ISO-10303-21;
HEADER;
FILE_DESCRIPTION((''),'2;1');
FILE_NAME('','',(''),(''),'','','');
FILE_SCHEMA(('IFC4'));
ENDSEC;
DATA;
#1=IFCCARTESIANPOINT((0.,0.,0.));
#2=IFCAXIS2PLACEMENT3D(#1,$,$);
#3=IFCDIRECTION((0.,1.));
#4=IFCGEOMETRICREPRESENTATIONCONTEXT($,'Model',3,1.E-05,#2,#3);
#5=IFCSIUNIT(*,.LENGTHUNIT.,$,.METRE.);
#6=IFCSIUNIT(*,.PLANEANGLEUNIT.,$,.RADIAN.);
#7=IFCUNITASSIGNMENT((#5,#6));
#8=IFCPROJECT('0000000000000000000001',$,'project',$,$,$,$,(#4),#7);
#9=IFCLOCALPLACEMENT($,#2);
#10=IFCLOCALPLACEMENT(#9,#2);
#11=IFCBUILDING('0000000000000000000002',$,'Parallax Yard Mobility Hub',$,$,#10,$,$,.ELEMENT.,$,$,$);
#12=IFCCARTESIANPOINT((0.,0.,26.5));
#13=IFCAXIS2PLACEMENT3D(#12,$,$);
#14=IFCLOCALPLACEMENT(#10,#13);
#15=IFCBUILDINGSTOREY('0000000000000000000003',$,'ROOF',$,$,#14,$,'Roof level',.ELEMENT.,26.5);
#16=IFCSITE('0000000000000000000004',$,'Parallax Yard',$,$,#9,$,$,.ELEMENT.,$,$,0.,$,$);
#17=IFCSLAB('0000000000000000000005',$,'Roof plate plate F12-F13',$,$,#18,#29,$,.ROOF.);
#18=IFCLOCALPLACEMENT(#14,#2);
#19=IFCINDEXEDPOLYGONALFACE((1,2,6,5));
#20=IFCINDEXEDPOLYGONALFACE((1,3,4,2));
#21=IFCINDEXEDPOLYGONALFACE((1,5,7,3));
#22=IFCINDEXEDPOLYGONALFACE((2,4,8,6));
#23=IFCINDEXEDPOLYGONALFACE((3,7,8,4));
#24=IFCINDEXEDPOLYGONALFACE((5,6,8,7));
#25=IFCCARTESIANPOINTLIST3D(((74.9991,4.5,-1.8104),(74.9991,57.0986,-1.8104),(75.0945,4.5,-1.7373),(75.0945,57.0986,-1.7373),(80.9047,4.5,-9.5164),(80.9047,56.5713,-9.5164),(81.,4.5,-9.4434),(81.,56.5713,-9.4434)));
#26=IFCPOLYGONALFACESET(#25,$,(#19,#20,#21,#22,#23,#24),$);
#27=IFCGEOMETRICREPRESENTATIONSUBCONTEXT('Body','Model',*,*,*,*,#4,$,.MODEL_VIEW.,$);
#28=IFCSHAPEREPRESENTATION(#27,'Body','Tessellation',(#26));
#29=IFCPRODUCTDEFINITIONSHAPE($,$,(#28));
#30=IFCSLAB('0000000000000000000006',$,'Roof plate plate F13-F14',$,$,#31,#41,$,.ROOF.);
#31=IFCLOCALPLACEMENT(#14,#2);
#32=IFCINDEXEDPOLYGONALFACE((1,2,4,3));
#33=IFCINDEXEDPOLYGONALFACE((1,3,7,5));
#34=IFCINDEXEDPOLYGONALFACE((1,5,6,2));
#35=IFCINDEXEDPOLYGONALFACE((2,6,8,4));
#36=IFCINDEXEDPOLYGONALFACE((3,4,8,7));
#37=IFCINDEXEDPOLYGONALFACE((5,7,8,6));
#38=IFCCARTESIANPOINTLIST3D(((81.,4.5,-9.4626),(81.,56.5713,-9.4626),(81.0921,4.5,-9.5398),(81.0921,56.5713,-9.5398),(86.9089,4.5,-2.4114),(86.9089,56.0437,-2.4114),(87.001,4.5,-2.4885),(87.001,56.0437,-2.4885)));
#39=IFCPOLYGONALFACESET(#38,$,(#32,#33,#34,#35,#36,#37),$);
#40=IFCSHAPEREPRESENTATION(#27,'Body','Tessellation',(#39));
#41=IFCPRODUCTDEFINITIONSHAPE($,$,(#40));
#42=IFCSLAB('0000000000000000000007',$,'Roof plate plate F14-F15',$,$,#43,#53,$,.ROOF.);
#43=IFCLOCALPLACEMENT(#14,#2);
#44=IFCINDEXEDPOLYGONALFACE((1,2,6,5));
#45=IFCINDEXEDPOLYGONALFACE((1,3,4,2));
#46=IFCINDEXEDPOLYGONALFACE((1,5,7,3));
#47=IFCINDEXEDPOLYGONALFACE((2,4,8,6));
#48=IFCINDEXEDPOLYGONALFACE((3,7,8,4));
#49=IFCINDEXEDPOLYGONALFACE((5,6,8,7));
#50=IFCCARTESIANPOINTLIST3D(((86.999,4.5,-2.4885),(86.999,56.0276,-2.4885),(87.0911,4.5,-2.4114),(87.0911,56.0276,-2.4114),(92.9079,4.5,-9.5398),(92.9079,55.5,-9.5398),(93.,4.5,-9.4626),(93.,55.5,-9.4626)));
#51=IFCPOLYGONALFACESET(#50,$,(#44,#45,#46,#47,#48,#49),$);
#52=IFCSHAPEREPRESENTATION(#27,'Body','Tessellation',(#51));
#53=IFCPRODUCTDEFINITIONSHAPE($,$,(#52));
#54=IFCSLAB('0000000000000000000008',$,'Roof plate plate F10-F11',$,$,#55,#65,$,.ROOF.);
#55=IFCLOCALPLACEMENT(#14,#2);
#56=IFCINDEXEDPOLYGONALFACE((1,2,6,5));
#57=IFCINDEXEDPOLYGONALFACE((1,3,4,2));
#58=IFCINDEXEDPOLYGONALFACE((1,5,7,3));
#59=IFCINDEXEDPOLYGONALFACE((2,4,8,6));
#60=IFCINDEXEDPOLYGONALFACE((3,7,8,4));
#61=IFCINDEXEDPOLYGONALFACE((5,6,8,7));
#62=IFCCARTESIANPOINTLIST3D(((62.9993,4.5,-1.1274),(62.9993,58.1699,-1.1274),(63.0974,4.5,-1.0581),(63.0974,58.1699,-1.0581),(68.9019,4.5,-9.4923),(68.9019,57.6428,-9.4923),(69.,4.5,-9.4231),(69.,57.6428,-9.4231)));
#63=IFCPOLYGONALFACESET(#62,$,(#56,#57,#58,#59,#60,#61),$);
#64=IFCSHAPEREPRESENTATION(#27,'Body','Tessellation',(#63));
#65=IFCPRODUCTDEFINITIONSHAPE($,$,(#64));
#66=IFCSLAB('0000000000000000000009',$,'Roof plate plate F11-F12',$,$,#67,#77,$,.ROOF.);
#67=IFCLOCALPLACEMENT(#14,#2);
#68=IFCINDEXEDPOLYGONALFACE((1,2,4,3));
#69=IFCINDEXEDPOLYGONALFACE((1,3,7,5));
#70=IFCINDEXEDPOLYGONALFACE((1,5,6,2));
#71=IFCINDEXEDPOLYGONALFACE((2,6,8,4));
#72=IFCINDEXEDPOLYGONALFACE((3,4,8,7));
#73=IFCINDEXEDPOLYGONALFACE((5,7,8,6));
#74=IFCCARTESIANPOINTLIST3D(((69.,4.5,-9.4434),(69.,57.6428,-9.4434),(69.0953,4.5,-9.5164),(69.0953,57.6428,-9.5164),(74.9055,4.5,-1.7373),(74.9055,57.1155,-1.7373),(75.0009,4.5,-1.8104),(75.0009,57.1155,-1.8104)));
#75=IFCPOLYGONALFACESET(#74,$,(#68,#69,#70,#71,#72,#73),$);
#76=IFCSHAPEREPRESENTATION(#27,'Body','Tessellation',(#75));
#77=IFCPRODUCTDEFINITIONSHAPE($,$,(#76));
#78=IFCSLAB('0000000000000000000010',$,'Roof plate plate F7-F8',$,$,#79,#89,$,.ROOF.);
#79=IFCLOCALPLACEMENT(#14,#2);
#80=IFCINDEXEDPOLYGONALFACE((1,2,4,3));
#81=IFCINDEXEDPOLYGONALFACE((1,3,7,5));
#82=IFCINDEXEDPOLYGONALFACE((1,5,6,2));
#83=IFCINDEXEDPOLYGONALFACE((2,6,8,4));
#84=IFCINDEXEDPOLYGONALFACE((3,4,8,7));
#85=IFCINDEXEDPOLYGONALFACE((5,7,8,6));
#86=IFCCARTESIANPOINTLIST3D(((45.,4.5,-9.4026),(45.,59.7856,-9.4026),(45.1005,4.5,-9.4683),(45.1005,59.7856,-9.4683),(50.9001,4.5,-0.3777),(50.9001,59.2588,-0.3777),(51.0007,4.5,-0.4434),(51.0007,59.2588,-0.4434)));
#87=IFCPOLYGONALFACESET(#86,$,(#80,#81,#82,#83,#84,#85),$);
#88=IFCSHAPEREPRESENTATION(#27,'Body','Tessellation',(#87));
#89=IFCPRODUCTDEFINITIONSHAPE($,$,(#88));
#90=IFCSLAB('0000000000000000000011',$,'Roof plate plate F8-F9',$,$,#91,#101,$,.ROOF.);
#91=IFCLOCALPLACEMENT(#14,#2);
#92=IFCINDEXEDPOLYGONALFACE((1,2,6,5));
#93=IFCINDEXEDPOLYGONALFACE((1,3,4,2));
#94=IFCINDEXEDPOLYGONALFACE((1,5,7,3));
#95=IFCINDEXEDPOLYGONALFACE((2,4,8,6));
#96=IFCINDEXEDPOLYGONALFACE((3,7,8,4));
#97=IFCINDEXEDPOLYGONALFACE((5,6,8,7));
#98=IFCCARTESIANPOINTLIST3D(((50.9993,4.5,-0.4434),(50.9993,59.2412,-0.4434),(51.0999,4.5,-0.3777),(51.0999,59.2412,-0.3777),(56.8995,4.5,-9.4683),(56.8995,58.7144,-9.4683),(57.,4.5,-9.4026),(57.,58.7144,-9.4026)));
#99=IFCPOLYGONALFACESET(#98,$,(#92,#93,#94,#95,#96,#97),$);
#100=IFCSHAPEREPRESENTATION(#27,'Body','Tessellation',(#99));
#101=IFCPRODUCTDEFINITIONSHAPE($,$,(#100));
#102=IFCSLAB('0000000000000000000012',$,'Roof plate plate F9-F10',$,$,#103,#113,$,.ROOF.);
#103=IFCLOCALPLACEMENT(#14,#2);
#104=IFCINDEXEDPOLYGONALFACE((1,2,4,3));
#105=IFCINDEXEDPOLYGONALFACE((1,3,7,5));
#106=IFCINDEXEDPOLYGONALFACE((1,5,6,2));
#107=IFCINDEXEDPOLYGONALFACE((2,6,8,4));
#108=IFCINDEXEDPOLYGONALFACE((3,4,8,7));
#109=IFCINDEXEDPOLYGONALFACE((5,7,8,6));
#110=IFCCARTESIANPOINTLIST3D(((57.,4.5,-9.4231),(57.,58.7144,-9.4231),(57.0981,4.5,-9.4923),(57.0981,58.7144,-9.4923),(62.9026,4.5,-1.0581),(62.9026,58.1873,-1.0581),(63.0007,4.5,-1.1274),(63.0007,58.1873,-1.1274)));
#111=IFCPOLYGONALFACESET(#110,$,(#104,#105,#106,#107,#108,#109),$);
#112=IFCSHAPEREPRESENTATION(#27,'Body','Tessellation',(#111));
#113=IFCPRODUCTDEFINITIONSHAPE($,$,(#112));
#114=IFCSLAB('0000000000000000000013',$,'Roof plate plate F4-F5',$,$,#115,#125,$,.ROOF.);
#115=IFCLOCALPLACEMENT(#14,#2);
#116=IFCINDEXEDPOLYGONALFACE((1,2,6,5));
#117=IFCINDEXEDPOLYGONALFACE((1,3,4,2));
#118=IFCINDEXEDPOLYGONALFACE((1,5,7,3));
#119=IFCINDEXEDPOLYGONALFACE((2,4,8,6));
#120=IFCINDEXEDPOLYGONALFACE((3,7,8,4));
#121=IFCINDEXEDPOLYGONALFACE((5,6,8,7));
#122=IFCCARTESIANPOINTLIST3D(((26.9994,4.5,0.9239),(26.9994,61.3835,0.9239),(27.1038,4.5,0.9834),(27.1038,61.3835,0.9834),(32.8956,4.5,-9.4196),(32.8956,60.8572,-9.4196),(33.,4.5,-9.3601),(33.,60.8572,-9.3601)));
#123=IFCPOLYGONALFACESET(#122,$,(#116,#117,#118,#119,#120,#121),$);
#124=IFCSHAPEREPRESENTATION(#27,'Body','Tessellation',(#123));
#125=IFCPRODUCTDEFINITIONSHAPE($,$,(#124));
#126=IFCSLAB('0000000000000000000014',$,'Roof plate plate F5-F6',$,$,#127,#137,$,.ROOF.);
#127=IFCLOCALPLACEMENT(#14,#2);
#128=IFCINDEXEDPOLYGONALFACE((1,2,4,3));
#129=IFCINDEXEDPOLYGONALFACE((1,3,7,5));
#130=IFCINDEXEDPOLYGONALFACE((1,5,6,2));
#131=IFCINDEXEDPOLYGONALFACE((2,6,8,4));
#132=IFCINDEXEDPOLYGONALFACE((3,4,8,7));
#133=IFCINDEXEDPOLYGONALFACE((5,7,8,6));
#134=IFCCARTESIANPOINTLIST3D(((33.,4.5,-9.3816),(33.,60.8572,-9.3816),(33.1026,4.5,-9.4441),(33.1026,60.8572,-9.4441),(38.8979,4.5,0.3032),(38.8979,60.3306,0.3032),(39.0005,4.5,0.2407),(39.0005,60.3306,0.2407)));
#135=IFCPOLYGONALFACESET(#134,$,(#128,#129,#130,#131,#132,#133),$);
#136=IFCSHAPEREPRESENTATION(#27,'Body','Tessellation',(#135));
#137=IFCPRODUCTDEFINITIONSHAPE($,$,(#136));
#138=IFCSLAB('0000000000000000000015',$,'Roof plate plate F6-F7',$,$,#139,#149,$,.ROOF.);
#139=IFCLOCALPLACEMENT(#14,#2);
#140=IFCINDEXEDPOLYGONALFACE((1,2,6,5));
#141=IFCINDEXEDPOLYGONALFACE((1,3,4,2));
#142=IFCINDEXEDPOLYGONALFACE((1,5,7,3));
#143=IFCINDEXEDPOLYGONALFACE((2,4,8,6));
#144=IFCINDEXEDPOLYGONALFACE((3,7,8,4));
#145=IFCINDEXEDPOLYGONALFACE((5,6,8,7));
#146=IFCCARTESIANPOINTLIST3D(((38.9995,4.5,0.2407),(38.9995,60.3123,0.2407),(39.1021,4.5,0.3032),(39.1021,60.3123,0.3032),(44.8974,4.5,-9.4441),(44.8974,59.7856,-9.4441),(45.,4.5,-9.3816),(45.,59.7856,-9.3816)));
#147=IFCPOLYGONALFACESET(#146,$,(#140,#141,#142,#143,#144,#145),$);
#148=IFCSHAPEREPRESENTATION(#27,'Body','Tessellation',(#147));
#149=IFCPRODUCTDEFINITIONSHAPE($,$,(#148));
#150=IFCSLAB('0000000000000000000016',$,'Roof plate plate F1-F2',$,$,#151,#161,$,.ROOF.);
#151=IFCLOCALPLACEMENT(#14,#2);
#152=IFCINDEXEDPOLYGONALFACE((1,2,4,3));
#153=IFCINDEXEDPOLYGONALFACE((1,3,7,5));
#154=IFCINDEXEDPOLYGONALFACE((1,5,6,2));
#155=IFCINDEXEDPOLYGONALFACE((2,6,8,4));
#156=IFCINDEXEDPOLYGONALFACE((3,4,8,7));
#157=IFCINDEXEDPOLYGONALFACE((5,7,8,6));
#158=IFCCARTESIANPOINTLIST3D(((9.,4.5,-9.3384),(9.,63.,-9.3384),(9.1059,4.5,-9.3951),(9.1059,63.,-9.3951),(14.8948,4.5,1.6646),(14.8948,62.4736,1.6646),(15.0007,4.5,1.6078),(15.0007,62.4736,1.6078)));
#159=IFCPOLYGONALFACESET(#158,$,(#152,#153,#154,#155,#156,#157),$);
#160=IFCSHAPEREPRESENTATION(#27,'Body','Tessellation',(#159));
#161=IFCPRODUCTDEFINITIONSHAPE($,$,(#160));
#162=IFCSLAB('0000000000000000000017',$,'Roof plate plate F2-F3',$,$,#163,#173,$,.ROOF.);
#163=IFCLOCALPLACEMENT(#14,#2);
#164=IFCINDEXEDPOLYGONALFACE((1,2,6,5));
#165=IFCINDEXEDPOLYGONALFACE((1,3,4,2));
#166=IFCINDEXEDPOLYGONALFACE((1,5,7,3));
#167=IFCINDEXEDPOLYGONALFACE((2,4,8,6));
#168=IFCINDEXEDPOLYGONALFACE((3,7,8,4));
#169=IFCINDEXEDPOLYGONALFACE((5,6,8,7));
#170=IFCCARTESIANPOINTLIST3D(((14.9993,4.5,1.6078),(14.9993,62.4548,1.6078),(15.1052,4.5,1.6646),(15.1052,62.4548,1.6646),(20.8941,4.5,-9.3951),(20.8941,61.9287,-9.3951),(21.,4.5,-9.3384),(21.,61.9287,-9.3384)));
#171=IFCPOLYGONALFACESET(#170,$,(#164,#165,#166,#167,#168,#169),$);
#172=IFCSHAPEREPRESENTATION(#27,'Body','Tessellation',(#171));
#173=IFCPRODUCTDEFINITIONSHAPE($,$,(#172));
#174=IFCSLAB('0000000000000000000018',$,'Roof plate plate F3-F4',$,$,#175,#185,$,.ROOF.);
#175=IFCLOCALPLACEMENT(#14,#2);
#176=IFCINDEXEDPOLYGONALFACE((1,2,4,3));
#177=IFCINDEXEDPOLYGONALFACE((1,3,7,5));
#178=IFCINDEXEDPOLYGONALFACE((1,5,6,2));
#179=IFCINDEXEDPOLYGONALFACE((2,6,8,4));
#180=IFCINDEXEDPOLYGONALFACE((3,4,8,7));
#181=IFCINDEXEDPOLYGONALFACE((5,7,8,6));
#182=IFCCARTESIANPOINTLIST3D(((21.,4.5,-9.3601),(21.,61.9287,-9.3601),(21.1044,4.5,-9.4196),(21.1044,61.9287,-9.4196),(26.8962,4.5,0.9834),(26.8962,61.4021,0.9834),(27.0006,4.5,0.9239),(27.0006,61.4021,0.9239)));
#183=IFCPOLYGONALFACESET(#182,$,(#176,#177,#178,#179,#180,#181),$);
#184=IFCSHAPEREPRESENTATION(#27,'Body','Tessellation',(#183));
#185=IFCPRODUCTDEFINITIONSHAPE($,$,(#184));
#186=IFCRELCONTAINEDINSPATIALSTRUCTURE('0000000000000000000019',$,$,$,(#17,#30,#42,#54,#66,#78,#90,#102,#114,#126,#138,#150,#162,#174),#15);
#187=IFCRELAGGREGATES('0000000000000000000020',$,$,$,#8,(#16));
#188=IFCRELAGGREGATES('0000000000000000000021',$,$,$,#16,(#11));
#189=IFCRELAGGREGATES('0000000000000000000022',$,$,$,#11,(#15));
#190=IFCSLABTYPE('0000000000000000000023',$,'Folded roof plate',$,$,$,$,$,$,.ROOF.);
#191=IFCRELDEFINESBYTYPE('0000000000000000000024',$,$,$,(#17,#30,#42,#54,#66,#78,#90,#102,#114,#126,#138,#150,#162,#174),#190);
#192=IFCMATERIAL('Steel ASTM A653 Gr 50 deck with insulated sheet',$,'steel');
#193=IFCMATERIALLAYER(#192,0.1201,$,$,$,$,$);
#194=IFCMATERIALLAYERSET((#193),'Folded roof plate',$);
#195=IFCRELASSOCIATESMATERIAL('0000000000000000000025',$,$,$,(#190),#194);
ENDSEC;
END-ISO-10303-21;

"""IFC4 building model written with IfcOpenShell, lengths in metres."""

from ifc_helpers import new_model, si_unit, direction, frame, origin, place, context, subcontext, project, spatial, polyline, outline, extrude, material, layer, layer_set, type_object, element, save


model = new_model("IFC4")

# Units and contexts
model_context = context("Model", 3, precision=1e-05, world=origin(), true_north=direction((0.0, 1.0)))
body_context = subcontext(model_context, "Body", "Model", "MODEL_VIEW")
ifc_project = project(units=[si_unit("LENGTHUNIT", "METRE"), si_unit("PLANEANGLEUNIT", "RADIAN")], contexts=[model_context])

# Site, building, storey
site_placement = place(None, origin())
site = spatial("IfcSite", under=ifc_project, at=site_placement, Name="Parallax Yard", CompositionType="ELEMENT", RefElevation=0.0)
building_placement = place(site_placement, origin())
building = spatial("IfcBuilding", under=site, at=building_placement, Name="Parallax Yard Mobility Hub", CompositionType="ELEMENT")
storey_placement = place(building_placement, frame((0.0, 0.0, 26.5)))
storey = spatial("IfcBuildingStorey", under=building, at=storey_placement, Name="ROOF", LongName="Roof level", CompositionType="ELEMENT", Elevation=26.5)

# Slabs
ifc_material_1 = material(Name="Steel ASTM A653 Gr 50 deck with insulated sheet", Category="steel")
ifc_layer_1 = layer(ifc_material_1, 0.1201)
ifc_layer_set_1 = layer_set([ifc_layer_1], Name="Folded roof plate")
slab_type = type_object("IfcSlabType", Name="Folded roof plate", PredefinedType="ROOF", material=ifc_layer_set_1)
placement = place(building_placement, frame((0.0, 0.0, 13.2)))
slab_1_placement = place(placement, frame((75.0945, 4.5, 11.5627), z_axis=(0.793729, 0.0, 0.608272), x_axis=(0.608272, 0.0, -0.793729)))
element("IfcSlab", 1, at=slab_1_placement, inside=storey, type_object=slab_type, Name="Roof plate plate F12-F13", PredefinedType="ROOF", context=body_context, shape_type="SweptSolid", body=[
    extrude(outline(polyline([(0.0, 0.0), (9.7087, 0.0), (9.7087, 52.0713), (0.0, 52.5986), (0.0, 0.0)])), origin(), (0.0, 0.0, -1.0), 0.1201),
])
slab_2_placement = place(placement, frame((81.0, 4.5, 3.8374), z_axis=(-0.766461, 0.0, 0.642291), x_axis=(0.642291, 0.0, 0.766461)))
element("IfcSlab", 2, at=slab_2_placement, inside=storey, type_object=slab_type, Name="Roof plate plate F13-F14", PredefinedType="ROOF", context=body_context, shape_type="SweptSolid", body=[
    extrude(outline(polyline([(0.0, 0.0), (9.1998, 0.0), (9.1998, 51.5437), (0.0, 52.0713), (0.0, 0.0)])), origin(), (0.0, 0.0, -1.0), 0.1201),
])
slab_3_placement = place(placement, frame((87.0911, 4.5, 10.8887), z_axis=(0.766461, 0.0, 0.642291), x_axis=(0.642291, 0.0, -0.766461)))
element("IfcSlab", 3, at=slab_3_placement, inside=storey, type_object=slab_type, Name="Roof plate plate F14-F15", PredefinedType="ROOF", context=body_context, shape_type="SweptSolid", body=[
    extrude(outline(polyline([(0.0, 0.0), (9.1998, 0.0), (9.1998, 51.0), (0.0, 51.5276), (0.0, 0.0)])), origin(), (0.0, 0.0, -1.0), 0.1201),
])
slab_4_placement = place(placement, frame((63.0974, 4.5, 12.2419), z_axis=(0.817065, 0.0, 0.576546), x_axis=(0.576546, 0.0, -0.817065)))
element("IfcSlab", 4, at=slab_4_placement, inside=storey, type_object=slab_type, Name="Roof plate plate F10-F11", PredefinedType="ROOF", context=body_context, shape_type="SweptSolid", body=[
    extrude(outline(polyline([(0.0, 0.0), (10.2379, 0.0), (10.2379, 53.1428), (0.0, 53.6699), (0.0, 0.0)])), origin(), (0.0, 0.0, -1.0), 0.1201),
])
slab_5_placement = place(placement, frame((69.0, 4.5, 3.8567), z_axis=(-0.793729, 0.0, 0.608272), x_axis=(0.608272, 0.0, 0.793729)))
element("IfcSlab", 5, at=slab_5_placement, inside=storey, type_object=slab_type, Name="Roof plate plate F11-F12", PredefinedType="ROOF", context=body_context, shape_type="SweptSolid", body=[
    extrude(outline(polyline([(0.0, 0.0), (9.7087, 0.0), (9.7087, 52.6155), (0.0, 53.1428), (0.0, 0.0)])), origin(), (0.0, 0.0, -1.0), 0.1201),
])
slab_6_placement = place(placement, frame((45.0, 4.5, 3.8975), z_axis=(-0.837002, 0.0, 0.547201), x_axis=(0.547201, 0.0, 0.837002)))
element("IfcSlab", 6, at=slab_6_placement, inside=storey, type_object=slab_type, Name="Roof plate plate F7-F8", PredefinedType="ROOF", context=body_context, shape_type="SweptSolid", body=[
    extrude(outline(polyline([(0.0, 0.0), (10.7824, 0.0), (10.7824, 54.7588), (0.0, 55.2856), (0.0, 0.0)])), origin(), (0.0, 0.0, -1.0), 0.1201),
])
slab_7_placement = place(placement, frame((51.0999, 4.5, 12.9224), z_axis=(0.837002, 0.0, 0.547201), x_axis=(0.547201, 0.0, -0.837002)))
element("IfcSlab", 7, at=slab_7_placement, inside=storey, type_object=slab_type, Name="Roof plate plate F8-F9", PredefinedType="ROOF", context=body_context, shape_type="SweptSolid", body=[
    extrude(outline(polyline([(0.0, 0.0), (10.7824, 0.0), (10.7824, 54.2144), (0.0, 54.7412), (0.0, 0.0)])), origin(), (0.0, 0.0, -1.0), 0.1201),
])
slab_8_placement = place(placement, frame((57.0, 4.5, 3.877), z_axis=(-0.817065, 0.0, 0.576546), x_axis=(0.576546, 0.0, 0.817065)))
element("IfcSlab", 8, at=slab_8_placement, inside=storey, type_object=slab_type, Name="Roof plate plate F9-F10", PredefinedType="ROOF", context=body_context, shape_type="SweptSolid", body=[
    extrude(outline(polyline([(0.0, 0.0), (10.2379, 0.0), (10.2379, 53.6873), (0.0, 54.2144), (0.0, 0.0)])), origin(), (0.0, 0.0, -1.0), 0.1201),
])
slab_9_placement = place(placement, frame((27.1038, 4.5, 14.2834), z_axis=(0.868761, 0.0, 0.495231), x_axis=(0.495231, 0.0, -0.868761)))
element("IfcSlab", 9, at=slab_9_placement, inside=storey, type_object=slab_type, Name="Roof plate plate F4-F5", PredefinedType="ROOF", context=body_context, shape_type="SweptSolid", body=[
    extrude(outline(polyline([(0.0, 0.0), (11.906, 0.0), (11.906, 56.3572), (0.0, 56.8835), (0.0, 0.0)])), origin(), (0.0, 0.0, -1.0), 0.1201),
])
slab_10_placement = place(placement, frame((33.0, 4.5, 3.9185), z_axis=(-0.854087, 0.0, 0.52013), x_axis=(0.52013, 0.0, 0.854087)))
element("IfcSlab", 10, at=slab_10_placement, inside=storey, type_object=slab_type, Name="Roof plate plate F5-F6", PredefinedType="ROOF", context=body_context, shape_type="SweptSolid", body=[
    extrude(outline(polyline([(0.0, 0.0), (11.3394, 0.0), (11.3394, 55.8306), (0.0, 56.3572), (0.0, 0.0)])), origin(), (0.0, 0.0, -1.0), 0.1201),
])
slab_11_placement = place(placement, frame((39.1021, 4.5, 13.6033), z_axis=(0.854087, 0.0, 0.52013), x_axis=(0.52013, 0.0, -0.854087)))
element("IfcSlab", 11, at=slab_11_placement, inside=storey, type_object=slab_type, Name="Roof plate plate F6-F7", PredefinedType="ROOF", context=body_context, shape_type="SweptSolid", body=[
    extrude(outline(polyline([(0.0, 0.0), (11.3394, 0.0), (11.3394, 55.2856), (0.0, 55.8123), (0.0, 0.0)])), origin(), (0.0, 0.0, -1.0), 0.1201),
])
slab_12_placement = place(placement, frame((9.0, 4.5, 3.9617), z_axis=(-0.881468, 0.0, 0.472243), x_axis=(0.472243, 0.0, 0.881468)))
element("IfcSlab", 12, at=slab_12_placement, inside=storey, type_object=slab_type, Name="Roof plate plate F1-F2", PredefinedType="ROOF", context=body_context, shape_type="SweptSolid", body=[
    extrude(outline(polyline([(0.0, 0.0), (12.4825, 0.0), (12.4825, 57.9736), (0.0, 58.5), (0.0, 0.0)])), origin(), (0.0, 0.0, -1.0), 0.1201),
])
slab_13_placement = place(placement, frame((15.1052, 4.5, 14.9646), z_axis=(0.881468, 0.0, 0.472243), x_axis=(0.472243, 0.0, -0.881468)))
element("IfcSlab", 13, at=slab_13_placement, inside=storey, type_object=slab_type, Name="Roof plate plate F2-F3", PredefinedType="ROOF", context=body_context, shape_type="SweptSolid", body=[
    extrude(outline(polyline([(0.0, 0.0), (12.4825, 0.0), (12.4825, 57.4287), (0.0, 57.9548), (0.0, 0.0)])), origin(), (0.0, 0.0, -1.0), 0.1201),
])
slab_14_placement = place(placement, frame((21.0, 4.5, 3.9399), z_axis=(-0.868761, 0.0, 0.495231), x_axis=(0.495231, 0.0, 0.868761)))
element("IfcSlab", 14, at=slab_14_placement, inside=storey, type_object=slab_type, Name="Roof plate plate F3-F4", PredefinedType="ROOF", context=body_context, shape_type="SweptSolid", body=[
    extrude(outline(polyline([(0.0, 0.0), (11.906, 0.0), (11.906, 56.9021), (0.0, 57.4287), (0.0, 0.0)])), origin(), (0.0, 0.0, -1.0), 0.1201),
])

save(model, "model.ifc")
